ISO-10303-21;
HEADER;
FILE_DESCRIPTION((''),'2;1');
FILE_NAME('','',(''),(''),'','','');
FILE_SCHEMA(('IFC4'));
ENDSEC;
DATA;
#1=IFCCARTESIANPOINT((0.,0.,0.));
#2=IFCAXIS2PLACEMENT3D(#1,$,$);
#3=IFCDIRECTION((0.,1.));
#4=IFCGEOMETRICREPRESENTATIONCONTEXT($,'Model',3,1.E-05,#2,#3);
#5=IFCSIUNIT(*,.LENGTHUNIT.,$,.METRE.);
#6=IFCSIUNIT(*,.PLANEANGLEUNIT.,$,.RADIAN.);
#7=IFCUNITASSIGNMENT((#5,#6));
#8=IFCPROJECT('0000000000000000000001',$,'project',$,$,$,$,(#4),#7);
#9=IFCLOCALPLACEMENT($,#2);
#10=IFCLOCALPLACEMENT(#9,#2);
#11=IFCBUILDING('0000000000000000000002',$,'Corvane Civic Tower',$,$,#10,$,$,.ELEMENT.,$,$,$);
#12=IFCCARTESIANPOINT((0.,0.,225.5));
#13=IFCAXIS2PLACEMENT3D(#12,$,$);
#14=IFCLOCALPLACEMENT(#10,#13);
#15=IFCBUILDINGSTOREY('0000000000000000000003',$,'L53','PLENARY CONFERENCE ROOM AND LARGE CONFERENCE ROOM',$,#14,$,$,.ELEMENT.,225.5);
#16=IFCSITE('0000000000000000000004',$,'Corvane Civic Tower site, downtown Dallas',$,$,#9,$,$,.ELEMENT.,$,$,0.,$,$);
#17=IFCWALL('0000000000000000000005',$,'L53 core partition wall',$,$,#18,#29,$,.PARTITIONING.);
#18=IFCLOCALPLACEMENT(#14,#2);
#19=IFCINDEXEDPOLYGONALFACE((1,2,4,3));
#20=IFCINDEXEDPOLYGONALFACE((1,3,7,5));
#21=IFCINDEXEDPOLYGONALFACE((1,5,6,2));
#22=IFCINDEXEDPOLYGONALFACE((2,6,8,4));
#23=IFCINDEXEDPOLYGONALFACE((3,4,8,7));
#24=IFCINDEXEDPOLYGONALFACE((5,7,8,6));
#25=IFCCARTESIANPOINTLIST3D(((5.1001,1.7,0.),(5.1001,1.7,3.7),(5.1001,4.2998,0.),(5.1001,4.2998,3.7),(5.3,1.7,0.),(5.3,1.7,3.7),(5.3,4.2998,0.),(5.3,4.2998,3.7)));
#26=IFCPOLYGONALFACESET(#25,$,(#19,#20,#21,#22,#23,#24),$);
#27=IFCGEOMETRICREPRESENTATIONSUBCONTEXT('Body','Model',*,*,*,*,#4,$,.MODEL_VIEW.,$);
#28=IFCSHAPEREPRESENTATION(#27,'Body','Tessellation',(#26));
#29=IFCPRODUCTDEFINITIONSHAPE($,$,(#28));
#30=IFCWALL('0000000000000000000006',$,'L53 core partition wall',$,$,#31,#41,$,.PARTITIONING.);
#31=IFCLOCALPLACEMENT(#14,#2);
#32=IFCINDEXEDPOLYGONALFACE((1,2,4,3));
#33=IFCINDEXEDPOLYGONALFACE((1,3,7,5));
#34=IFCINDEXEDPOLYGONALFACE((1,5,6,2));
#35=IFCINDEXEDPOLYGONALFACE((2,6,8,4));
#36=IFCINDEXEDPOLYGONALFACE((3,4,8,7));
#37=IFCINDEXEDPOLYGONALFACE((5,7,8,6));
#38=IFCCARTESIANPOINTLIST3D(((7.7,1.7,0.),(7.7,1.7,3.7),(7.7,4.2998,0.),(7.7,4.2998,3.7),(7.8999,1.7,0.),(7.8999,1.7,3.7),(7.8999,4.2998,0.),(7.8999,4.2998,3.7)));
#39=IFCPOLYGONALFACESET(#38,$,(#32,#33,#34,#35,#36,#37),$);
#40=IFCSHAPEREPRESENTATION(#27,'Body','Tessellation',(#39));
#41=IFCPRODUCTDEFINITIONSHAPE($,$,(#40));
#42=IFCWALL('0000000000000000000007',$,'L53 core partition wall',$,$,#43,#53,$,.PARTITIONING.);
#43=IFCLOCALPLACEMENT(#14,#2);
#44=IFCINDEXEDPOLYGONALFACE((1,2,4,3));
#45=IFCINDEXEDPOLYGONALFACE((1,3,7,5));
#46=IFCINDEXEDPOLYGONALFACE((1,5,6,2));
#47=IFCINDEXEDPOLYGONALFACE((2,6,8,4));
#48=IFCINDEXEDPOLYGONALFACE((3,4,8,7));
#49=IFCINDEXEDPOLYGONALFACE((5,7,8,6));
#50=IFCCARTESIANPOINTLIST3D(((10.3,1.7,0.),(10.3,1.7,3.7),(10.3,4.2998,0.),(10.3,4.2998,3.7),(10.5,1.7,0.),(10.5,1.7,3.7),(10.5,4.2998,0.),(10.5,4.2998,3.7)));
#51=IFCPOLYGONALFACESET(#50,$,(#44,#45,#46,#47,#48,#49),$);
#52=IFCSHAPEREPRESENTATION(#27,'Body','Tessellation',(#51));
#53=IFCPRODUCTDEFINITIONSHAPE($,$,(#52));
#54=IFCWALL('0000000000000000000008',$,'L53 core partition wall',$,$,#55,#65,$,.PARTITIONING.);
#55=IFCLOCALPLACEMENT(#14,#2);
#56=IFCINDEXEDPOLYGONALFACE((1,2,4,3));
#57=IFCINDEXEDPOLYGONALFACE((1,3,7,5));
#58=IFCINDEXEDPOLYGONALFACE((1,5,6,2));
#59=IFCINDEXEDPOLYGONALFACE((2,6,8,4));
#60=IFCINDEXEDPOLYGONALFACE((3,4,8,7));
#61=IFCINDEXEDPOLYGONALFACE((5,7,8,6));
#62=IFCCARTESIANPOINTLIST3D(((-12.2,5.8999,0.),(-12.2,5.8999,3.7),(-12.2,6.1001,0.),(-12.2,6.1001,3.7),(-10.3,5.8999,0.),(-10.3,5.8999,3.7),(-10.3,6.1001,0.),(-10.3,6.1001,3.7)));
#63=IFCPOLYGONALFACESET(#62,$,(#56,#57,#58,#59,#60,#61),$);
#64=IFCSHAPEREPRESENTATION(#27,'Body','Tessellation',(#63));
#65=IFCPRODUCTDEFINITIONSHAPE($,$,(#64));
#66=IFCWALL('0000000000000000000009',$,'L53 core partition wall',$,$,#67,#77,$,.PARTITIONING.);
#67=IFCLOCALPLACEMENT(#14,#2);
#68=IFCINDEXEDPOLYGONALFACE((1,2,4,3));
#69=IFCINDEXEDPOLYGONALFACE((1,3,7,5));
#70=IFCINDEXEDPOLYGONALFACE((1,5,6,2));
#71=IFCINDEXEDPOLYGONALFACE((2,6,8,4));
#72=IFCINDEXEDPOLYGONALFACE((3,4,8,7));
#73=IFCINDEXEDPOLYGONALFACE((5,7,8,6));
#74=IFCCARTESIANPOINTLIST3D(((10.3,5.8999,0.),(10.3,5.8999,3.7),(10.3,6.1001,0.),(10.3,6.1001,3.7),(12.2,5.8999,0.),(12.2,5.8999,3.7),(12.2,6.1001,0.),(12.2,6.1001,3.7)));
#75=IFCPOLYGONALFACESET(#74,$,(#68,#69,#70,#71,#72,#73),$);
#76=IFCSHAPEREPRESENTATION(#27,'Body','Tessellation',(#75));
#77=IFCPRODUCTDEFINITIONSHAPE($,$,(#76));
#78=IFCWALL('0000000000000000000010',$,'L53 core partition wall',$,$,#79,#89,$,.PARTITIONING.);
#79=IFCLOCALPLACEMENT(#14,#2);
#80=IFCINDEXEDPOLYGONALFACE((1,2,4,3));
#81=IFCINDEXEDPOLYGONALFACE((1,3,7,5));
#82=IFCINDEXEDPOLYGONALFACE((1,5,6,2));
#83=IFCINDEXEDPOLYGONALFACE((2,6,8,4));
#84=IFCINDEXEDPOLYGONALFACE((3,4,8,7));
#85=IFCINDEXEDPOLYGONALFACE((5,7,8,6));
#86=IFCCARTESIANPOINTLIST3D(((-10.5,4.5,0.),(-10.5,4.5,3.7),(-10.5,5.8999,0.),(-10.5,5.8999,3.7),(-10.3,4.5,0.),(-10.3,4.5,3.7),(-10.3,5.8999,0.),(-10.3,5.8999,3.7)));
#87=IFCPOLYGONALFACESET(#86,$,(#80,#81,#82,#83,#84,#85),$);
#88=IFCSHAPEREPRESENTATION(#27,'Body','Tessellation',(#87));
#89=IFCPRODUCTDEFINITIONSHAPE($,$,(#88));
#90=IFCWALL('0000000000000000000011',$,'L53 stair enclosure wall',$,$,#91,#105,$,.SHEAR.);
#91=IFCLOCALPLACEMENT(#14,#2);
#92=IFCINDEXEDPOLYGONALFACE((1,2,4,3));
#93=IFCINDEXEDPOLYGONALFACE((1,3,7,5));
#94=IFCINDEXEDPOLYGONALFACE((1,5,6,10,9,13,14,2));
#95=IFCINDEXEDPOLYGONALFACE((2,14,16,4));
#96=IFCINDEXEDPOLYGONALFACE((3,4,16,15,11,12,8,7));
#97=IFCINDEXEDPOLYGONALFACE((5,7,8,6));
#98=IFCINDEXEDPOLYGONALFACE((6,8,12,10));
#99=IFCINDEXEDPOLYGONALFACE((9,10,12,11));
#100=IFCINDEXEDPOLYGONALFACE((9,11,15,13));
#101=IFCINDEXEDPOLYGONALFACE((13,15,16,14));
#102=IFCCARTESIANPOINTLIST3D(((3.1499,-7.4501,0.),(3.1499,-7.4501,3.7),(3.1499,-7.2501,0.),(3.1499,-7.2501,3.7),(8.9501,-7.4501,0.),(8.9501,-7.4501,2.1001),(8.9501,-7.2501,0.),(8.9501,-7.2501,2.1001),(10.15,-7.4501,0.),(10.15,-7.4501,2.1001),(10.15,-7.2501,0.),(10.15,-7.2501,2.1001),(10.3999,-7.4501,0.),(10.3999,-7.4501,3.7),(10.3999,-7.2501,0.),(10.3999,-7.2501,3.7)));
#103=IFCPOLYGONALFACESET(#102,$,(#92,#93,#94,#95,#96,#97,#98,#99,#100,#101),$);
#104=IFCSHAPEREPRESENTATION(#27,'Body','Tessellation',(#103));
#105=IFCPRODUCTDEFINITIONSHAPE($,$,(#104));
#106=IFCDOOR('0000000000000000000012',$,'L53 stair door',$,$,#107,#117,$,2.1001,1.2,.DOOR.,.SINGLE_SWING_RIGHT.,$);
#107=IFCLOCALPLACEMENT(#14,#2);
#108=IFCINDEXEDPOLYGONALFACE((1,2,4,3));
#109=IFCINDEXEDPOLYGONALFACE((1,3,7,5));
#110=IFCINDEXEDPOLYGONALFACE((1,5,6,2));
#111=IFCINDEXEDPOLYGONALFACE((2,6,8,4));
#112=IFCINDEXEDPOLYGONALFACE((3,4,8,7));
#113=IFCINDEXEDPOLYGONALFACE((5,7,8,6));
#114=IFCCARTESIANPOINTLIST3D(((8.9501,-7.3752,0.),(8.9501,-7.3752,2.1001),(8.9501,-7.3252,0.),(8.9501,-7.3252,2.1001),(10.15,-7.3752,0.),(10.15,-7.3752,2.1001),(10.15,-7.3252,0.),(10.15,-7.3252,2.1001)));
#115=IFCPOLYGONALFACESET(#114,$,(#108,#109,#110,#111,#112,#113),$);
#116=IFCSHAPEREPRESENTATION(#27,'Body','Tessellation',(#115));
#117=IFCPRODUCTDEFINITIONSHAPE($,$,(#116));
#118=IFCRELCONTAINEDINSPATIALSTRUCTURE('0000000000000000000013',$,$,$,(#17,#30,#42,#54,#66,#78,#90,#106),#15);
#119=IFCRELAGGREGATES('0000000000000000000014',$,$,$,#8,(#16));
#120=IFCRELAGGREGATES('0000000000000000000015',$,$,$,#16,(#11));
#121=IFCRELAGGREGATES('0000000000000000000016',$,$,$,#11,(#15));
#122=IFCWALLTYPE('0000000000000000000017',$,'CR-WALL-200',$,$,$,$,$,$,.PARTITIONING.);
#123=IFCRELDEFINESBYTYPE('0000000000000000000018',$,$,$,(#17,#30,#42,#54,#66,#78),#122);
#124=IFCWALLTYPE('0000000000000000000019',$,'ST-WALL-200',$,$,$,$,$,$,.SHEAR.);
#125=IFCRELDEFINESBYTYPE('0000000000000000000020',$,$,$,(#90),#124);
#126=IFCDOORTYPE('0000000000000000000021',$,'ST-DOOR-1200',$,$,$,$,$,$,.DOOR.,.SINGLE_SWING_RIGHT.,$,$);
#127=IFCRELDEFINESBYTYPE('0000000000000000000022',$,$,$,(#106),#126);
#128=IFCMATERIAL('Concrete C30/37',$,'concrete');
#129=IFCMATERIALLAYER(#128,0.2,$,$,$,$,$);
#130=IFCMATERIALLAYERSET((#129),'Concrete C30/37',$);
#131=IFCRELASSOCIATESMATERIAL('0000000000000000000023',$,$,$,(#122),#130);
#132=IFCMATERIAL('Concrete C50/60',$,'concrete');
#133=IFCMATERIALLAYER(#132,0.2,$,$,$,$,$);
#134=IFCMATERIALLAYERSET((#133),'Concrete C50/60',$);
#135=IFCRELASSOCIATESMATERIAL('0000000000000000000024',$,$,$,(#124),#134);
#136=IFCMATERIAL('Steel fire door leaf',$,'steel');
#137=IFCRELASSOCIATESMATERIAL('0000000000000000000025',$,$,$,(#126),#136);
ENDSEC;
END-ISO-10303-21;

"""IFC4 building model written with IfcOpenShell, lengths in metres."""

from ifc_helpers import new_model, si_unit, direction, frame, frame_2d, origin, place, context, subcontext, project, spatial, polyline, rectangle, outline, extrude, material, layer, layer_set, type_object, element, fill, save


model = new_model("IFC4")

# Units and contexts
model_context = context("Model", 3, precision=1e-05, world=origin(), true_north=direction((0.0, 1.0)))
body_context = subcontext(model_context, "Body", "Model", "MODEL_VIEW")
ifc_project = project(units=[si_unit("LENGTHUNIT", "METRE"), si_unit("PLANEANGLEUNIT", "RADIAN")], contexts=[model_context])

# Site, building, storey
site_placement = place(None, origin())
site = spatial("IfcSite", under=ifc_project, at=site_placement, Name="Corvane Civic Tower site, downtown Dallas", CompositionType="ELEMENT", RefElevation=0.0)
building_placement = place(site_placement, origin())
building = spatial("IfcBuilding", under=site, at=building_placement, Name="Corvane Civic Tower", CompositionType="ELEMENT")
storey_placement = place(building_placement, frame((0.0, 0.0, 225.5)))
storey = spatial("IfcBuildingStorey", under=building, at=storey_placement, Name="L53", Description="PLENARY CONFERENCE ROOM AND LARGE CONFERENCE ROOM", CompositionType="ELEMENT", Elevation=225.5)

# Shared definitions
ifc_material_1 = material(Name="Concrete C30/37", Category="concrete")
ifc_layer_1 = layer(ifc_material_1, 0.2)
ifc_layer_set_1 = layer_set([ifc_layer_1], Name="Concrete C30/37")
wall_type_1 = type_object("IfcWallType", Name="CR-WALL-200", PredefinedType="PARTITIONING", material=ifc_layer_set_1)

# Walls
wall_1_placement = place(storey_placement, origin())
element("IfcWall", 1, at=wall_1_placement, inside=storey, type_object=wall_type_1, Name="L53 core partition wall", PredefinedType="PARTITIONING", context=body_context, shape_type="SweptSolid", body=[
    extrude(outline(polyline([(5.3, 1.7), (5.1001, 1.7), (5.1001, 4.2998), (5.3, 4.2998), (5.3, 1.7)])), origin(), (0.0, 0.0, 1.0), 3.7),
])
wall_2_placement = place(storey_placement, origin())
element("IfcWall", 2, at=wall_2_placement, inside=storey, type_object=wall_type_1, Name="L53 core partition wall", PredefinedType="PARTITIONING", context=body_context, shape_type="SweptSolid", body=[
    extrude(outline(polyline([(7.8999, 1.7), (7.7, 1.7), (7.7, 4.2998), (7.8999, 4.2998), (7.8999, 1.7)])), origin(), (0.0, 0.0, 1.0), 3.7),
])
wall_3_placement = place(storey_placement, origin())
element("IfcWall", 3, at=wall_3_placement, inside=storey, type_object=wall_type_1, Name="L53 core partition wall", PredefinedType="PARTITIONING", context=body_context, shape_type="SweptSolid", body=[
    extrude(outline(polyline([(10.5, 1.7), (10.3, 1.7), (10.3, 4.2998), (10.5, 4.2998), (10.5, 1.7)])), origin(), (0.0, 0.0, 1.0), 3.7),
])
wall_4_placement = place(storey_placement, origin())
element("IfcWall", 4, at=wall_4_placement, inside=storey, type_object=wall_type_1, Name="L53 core partition wall", PredefinedType="PARTITIONING", context=body_context, shape_type="SweptSolid", body=[
    extrude(outline(polyline([(-10.3, 5.8999), (-12.2, 5.8999), (-12.2, 6.1001), (-10.3, 6.1001), (-10.3, 5.8999)])), origin(), (0.0, 0.0, 1.0), 3.7),
])
wall_5_placement = place(storey_placement, origin())
element("IfcWall", 5, at=wall_5_placement, inside=storey, type_object=wall_type_1, Name="L53 core partition wall", PredefinedType="PARTITIONING", context=body_context, shape_type="SweptSolid", body=[
    extrude(outline(polyline([(12.2, 5.8999), (10.3, 5.8999), (10.3, 6.1001), (12.2, 6.1001), (12.2, 5.8999)])), origin(), (0.0, 0.0, 1.0), 3.7),
])
wall_6_placement = place(storey_placement, origin())
element("IfcWall", 6, at=wall_6_placement, inside=storey, type_object=wall_type_1, Name="L53 core partition wall", PredefinedType="PARTITIONING", context=body_context, shape_type="SweptSolid", body=[
    extrude(outline(polyline([(-10.3, 4.5), (-10.5, 4.5), (-10.5, 5.8999), (-10.3, 5.8999), (-10.3, 4.5)])), origin(), (0.0, 0.0, 1.0), 3.7),
])

# Wall, opening, door
ifc_material_2 = material(Name="Concrete C50/60", Category="concrete")
ifc_layer_2 = layer(ifc_material_2, 0.2)
ifc_layer_set_2 = layer_set([ifc_layer_2], Name="Concrete C50/60")
wall_type_2 = type_object("IfcWallType", Name="ST-WALL-200", PredefinedType="SHEAR", material=ifc_layer_set_2)
wall_7_placement = place(storey_placement, frame((3.1499, -7.3501, 0.0), z_axis=(0.0, 0.0, 1.0), x_axis=(1.0, 0.0, 0.0)))
wall_7 = element("IfcWall", 7, at=wall_7_placement, inside=storey, type_object=wall_type_2, Name="L53 stair enclosure wall", PredefinedType="SHEAR", context=body_context, shape_type="SweptSolid", body=[
    extrude(rectangle(XDim=7.25, YDim=0.2, at=frame_2d((3.625, 0.0))), origin(), (0.0, 0.0, 1.0), 3.7),
])
opening_1_placement = place(wall_7_placement, frame((5.8, 0.0, 0.0)))
opening_1 = element("IfcOpeningElement", 8, at=opening_1_placement, cuts=wall_7, PredefinedType="OPENING", context=body_context, shape_type="SweptSolid", body=[
    extrude(rectangle(XDim=1.2, YDim=2.1001, at=frame_2d((0.6001, 1.05))), frame((0.0, 0.1099, 0.0), z_axis=(0.0, -1.0, 0.0), x_axis=(1.0, 0.0, 0.0)), (0.0, 0.0, 1.0), 0.22),
])
ifc_material_3 = material(Name="Steel fire door leaf", Category="steel")
door_type_1 = type_object("IfcDoorType", Name="ST-DOOR-1200", OperationType="SINGLE_SWING_RIGHT", PredefinedType="DOOR", material=ifc_material_3)
door_1_placement = place(opening_1_placement, origin())
door_1 = element("IfcDoor", 9, at=door_1_placement, inside=storey, type_object=door_type_1, Name="L53 stair door", OperationType="SINGLE_SWING_RIGHT", OverallHeight=2.1001, OverallWidth=1.2, PredefinedType="DOOR", context=body_context, shape_type="SweptSolid", body=[
    extrude(rectangle(XDim=1.2, YDim=2.1001, at=frame_2d((0.6001, 1.05))), frame((0.0, 0.0249, 0.0), z_axis=(0.0, -1.0, 0.0), x_axis=(1.0, 0.0, 0.0)), (0.0, 0.0, 1.0), 0.05),
])
fill(opening_1, door_1)

save(model, "model.ifc")
